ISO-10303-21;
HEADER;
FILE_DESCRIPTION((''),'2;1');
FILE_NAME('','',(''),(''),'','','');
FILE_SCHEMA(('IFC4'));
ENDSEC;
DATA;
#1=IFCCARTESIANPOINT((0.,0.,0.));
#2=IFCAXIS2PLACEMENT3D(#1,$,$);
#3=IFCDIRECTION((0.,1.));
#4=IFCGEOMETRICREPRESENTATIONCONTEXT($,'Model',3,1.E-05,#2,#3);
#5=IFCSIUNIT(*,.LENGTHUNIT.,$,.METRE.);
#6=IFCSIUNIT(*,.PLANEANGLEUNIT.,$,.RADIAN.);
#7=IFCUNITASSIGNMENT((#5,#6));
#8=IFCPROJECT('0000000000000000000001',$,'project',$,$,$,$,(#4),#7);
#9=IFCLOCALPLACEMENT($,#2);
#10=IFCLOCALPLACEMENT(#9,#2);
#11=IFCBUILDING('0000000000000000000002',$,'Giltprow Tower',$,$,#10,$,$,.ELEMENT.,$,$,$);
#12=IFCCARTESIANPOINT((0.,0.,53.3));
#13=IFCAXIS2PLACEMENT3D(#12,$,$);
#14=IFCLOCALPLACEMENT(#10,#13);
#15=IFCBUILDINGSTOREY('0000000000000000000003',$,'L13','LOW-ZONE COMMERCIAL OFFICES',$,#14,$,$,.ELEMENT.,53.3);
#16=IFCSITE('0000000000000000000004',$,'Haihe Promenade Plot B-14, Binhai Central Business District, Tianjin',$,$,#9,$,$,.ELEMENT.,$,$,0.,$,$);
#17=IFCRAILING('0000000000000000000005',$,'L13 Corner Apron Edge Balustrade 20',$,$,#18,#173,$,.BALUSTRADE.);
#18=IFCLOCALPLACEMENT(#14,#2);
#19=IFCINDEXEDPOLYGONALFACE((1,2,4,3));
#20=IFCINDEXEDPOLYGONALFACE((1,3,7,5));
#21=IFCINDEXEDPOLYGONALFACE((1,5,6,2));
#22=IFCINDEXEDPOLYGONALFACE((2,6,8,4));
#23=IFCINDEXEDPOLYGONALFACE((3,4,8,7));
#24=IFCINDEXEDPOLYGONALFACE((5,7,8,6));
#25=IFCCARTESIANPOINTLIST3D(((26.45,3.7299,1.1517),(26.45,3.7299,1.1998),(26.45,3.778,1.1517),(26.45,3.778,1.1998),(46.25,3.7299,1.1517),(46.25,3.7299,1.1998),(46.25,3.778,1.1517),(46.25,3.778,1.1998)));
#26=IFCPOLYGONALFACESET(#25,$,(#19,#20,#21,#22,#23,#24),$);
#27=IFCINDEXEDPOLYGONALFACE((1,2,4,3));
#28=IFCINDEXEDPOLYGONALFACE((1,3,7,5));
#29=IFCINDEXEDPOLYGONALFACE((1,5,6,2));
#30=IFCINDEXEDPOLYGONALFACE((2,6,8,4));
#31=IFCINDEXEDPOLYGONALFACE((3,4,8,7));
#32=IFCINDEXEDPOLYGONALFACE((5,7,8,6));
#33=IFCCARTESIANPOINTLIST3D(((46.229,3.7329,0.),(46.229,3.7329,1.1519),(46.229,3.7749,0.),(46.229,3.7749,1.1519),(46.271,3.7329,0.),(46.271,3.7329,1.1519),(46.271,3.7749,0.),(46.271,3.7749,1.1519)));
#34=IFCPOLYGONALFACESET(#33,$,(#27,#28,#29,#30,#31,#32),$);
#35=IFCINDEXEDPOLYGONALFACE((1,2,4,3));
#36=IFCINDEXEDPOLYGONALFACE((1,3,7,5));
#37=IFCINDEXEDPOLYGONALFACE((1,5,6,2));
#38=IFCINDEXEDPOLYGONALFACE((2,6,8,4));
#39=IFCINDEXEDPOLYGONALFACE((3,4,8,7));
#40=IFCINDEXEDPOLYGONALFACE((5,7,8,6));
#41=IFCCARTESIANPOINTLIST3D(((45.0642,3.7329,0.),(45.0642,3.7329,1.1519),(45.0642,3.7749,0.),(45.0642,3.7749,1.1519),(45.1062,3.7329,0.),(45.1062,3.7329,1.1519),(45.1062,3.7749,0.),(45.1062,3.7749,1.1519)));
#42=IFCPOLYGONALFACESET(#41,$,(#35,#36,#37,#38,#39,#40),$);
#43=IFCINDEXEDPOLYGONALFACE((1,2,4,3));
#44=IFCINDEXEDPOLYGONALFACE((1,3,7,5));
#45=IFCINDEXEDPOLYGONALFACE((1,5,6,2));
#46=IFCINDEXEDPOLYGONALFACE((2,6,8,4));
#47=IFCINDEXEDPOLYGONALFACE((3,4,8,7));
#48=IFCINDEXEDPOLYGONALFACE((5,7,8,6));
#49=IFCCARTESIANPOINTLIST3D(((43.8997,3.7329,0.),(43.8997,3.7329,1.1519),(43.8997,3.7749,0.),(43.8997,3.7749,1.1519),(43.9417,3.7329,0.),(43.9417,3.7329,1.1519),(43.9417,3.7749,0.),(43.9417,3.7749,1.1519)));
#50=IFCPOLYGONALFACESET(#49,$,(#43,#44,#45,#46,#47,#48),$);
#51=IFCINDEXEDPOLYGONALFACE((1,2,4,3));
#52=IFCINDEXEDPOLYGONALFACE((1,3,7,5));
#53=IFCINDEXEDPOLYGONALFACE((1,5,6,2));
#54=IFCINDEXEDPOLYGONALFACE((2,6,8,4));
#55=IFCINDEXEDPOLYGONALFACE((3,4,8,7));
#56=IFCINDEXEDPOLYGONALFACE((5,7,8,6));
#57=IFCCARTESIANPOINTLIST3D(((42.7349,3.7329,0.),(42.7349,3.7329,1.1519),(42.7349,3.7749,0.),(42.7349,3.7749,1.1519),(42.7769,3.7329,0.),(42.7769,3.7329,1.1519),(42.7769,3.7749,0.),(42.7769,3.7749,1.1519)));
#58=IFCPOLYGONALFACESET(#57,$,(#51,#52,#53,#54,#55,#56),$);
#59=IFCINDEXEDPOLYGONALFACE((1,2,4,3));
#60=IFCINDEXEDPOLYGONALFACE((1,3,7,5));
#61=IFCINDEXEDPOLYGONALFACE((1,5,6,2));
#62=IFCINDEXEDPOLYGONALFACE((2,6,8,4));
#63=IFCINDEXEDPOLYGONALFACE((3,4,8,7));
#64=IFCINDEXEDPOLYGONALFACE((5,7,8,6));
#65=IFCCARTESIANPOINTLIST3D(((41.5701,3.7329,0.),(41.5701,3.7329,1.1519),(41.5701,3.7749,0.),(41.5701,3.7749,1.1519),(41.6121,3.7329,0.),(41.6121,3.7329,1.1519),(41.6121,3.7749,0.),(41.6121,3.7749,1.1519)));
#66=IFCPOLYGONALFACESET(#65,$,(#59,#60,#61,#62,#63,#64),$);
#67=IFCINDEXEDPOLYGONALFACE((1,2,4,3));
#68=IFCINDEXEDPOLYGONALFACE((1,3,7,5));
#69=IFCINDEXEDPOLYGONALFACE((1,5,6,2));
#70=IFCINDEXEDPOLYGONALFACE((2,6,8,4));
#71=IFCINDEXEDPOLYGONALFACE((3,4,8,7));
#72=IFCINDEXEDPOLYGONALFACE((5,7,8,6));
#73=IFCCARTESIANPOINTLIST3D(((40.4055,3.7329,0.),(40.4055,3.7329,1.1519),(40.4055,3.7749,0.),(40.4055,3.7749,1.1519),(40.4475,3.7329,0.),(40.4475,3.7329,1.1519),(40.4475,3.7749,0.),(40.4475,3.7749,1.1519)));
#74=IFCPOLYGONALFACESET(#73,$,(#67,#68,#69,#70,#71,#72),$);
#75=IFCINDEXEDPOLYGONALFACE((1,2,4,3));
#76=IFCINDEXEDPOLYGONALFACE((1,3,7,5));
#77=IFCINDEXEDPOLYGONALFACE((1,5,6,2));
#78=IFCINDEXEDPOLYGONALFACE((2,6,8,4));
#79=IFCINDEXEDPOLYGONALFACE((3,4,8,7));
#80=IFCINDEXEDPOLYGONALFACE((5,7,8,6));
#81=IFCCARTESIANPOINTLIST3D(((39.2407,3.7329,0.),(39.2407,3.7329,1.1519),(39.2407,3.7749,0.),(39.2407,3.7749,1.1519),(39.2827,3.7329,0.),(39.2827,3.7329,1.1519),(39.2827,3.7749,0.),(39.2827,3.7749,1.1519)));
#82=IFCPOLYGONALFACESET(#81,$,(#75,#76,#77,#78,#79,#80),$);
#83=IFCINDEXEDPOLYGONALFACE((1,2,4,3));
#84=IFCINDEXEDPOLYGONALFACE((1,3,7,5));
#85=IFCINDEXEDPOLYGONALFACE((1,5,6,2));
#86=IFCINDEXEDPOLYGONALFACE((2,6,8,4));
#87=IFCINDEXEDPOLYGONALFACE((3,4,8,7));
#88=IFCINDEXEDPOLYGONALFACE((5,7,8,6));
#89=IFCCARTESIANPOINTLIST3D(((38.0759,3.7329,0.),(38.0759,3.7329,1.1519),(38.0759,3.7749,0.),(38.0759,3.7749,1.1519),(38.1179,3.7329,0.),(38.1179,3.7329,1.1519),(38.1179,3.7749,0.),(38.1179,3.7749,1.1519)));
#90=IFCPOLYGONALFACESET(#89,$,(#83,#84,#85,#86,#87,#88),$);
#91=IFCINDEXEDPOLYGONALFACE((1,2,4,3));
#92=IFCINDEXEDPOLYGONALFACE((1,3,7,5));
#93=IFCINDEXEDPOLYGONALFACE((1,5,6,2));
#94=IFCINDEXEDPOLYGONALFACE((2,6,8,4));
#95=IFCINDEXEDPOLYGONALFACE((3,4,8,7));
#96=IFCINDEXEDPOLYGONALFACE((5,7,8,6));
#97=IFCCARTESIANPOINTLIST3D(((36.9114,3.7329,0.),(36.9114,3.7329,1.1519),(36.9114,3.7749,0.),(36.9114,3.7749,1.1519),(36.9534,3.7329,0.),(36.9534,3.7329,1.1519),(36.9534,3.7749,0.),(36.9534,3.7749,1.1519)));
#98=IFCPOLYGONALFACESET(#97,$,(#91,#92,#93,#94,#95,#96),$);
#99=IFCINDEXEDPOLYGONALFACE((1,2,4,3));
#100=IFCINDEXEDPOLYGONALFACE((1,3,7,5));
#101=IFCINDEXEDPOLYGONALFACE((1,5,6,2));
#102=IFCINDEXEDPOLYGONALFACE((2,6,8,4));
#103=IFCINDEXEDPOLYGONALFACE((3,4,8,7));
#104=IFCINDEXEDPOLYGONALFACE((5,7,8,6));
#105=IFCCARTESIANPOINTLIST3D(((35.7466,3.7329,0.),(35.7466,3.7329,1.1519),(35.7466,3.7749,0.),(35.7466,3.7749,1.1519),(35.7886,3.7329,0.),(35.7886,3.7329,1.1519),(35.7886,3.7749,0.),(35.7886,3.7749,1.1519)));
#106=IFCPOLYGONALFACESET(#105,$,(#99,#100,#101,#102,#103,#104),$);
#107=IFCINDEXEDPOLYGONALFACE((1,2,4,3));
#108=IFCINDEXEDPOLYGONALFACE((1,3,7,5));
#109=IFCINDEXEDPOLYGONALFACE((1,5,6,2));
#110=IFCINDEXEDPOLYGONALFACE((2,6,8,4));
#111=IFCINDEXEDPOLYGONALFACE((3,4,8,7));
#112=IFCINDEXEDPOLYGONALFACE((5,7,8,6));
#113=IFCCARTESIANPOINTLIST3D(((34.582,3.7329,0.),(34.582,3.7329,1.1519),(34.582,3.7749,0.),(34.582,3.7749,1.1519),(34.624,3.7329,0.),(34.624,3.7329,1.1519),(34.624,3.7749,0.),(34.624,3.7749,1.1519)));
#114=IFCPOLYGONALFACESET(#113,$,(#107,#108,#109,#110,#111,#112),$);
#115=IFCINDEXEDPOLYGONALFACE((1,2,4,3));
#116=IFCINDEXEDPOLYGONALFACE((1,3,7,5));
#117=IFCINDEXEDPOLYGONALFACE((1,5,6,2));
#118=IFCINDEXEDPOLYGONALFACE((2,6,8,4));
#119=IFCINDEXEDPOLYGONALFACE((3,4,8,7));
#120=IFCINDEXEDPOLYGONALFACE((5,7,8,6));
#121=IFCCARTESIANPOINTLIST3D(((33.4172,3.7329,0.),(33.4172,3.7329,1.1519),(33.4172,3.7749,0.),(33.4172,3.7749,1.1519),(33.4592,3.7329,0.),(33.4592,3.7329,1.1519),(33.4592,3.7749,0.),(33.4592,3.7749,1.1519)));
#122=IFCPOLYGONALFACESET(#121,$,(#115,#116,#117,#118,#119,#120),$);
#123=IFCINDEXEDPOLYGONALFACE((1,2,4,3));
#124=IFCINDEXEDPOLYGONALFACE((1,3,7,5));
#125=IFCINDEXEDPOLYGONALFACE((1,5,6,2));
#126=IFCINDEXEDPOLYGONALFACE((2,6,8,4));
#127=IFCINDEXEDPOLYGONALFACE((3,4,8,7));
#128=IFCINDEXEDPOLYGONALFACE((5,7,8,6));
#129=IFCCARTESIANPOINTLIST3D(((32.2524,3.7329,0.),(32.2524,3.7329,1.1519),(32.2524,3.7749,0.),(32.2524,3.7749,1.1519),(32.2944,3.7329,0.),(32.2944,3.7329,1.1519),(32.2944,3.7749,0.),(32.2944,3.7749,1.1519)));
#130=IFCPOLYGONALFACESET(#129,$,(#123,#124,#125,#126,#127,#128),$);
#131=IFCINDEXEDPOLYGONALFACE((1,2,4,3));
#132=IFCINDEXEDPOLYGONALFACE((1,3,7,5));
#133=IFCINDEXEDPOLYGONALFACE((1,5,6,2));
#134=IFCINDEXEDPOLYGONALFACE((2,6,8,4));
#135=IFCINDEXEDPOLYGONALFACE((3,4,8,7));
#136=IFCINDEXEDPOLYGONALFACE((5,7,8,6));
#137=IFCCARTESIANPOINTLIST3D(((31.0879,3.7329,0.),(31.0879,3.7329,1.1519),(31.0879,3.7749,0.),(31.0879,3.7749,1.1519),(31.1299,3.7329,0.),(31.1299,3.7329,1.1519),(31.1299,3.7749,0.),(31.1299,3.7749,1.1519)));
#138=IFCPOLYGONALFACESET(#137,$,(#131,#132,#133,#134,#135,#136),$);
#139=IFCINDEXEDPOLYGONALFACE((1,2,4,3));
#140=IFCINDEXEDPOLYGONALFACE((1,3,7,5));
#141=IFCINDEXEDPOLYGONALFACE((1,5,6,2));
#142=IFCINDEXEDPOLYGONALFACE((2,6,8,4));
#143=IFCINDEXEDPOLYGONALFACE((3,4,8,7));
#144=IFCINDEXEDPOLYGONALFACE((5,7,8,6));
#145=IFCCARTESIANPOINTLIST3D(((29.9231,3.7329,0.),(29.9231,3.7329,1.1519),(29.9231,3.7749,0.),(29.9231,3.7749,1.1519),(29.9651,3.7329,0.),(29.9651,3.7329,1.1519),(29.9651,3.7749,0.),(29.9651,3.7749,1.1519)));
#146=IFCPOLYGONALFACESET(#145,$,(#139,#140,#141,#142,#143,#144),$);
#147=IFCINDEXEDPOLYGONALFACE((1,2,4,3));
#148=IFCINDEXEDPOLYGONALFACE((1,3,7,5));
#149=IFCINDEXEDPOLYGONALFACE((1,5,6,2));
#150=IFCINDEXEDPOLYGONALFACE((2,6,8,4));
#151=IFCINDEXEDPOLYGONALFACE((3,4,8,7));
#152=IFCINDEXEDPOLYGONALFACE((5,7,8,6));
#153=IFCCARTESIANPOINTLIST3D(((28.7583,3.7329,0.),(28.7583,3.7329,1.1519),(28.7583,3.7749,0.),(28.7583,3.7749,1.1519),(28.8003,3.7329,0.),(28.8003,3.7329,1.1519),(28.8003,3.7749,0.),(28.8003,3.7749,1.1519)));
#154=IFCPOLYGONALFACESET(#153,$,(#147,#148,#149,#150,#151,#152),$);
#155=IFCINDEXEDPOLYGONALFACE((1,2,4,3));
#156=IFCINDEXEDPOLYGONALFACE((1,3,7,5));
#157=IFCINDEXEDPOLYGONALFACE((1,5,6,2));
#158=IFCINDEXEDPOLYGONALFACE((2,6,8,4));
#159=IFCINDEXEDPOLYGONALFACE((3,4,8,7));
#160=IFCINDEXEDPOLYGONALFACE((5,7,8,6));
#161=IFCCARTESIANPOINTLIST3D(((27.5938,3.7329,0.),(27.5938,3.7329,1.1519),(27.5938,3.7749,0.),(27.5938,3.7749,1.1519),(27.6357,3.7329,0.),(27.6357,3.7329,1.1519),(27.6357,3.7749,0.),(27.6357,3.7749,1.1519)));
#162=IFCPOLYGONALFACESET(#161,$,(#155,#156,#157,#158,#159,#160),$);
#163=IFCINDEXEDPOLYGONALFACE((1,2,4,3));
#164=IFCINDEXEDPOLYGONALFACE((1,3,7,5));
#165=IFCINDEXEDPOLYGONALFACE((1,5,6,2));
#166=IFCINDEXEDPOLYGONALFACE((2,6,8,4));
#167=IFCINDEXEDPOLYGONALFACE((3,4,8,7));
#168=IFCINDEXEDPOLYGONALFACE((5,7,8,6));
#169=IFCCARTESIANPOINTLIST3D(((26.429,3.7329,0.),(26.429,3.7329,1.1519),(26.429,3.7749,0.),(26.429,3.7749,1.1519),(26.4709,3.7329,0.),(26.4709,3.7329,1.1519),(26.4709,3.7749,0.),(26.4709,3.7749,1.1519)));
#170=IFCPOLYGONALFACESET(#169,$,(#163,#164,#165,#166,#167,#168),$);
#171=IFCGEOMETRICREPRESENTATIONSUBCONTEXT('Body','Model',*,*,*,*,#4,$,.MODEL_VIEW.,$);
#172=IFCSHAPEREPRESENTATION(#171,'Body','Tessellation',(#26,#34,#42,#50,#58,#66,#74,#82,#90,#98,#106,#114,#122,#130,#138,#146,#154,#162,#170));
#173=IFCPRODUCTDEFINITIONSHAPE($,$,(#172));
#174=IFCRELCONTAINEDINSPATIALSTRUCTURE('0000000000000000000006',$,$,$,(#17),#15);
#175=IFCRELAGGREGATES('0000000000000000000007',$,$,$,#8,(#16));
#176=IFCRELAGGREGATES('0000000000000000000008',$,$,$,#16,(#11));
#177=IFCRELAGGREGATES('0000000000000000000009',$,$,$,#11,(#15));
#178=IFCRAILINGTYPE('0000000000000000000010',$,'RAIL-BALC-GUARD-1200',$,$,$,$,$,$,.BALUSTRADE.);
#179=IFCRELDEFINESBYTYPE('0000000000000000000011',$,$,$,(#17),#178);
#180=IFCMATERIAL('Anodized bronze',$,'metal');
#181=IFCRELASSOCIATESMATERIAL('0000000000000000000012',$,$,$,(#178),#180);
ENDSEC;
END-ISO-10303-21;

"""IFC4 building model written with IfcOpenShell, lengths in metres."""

from ifc_helpers import new_model, si_unit, direction, frame, origin, origin_2d, place, context, subcontext, project, spatial, rectangle, extrude, material, type_object, element, save


model = new_model("IFC4")

# Units and contexts
model_context = context("Model", 3, precision=1e-05, world=origin(), true_north=direction((0.0, 1.0)))
body_context = subcontext(model_context, "Body", "Model", "MODEL_VIEW")
ifc_project = project(units=[si_unit("LENGTHUNIT", "METRE"), si_unit("PLANEANGLEUNIT", "RADIAN")], contexts=[model_context])

# Site, building, storey
site_placement = place(None, origin())
site = spatial("IfcSite", under=ifc_project, at=site_placement, Name="Haihe Promenade Plot B-14, Binhai Central Business District, Tianjin", CompositionType="ELEMENT", RefElevation=0.0)
building_placement = place(site_placement, origin())
building = spatial("IfcBuilding", under=site, at=building_placement, Name="Giltprow Tower", CompositionType="ELEMENT")
storey_placement = place(building_placement, frame((0.0, 0.0, 53.3)))
storey = spatial("IfcBuildingStorey", under=building, at=storey_placement, Name="L13", Description="LOW-ZONE COMMERCIAL OFFICES", CompositionType="ELEMENT", Elevation=53.3)

# Shared definitions
ifc_material_1 = material(Name="Anodized bronze", Category="metal")

# Railing
railing_type = type_object("IfcRailingType", Name="RAIL-BALC-GUARD-1200", PredefinedType="BALUSTRADE", material=ifc_material_1)
railing_1_placement = place(storey_placement, frame((46.25, 3.7539, 0.0)))
element("IfcRailing", 1, at=railing_1_placement, inside=storey, type_object=railing_type, Name="L13 Corner Apron Edge Balustrade 20", PredefinedType="BALUSTRADE", context=body_context, shape_type="SweptSolid", body=[
    extrude(rectangle(XDim=0.0481, YDim=0.0481, at=origin_2d()), frame((0.0, 0.0, 1.1758), z_axis=(-1.0, 0.0, 0.0), x_axis=(0.0, -1.0, 0.0)), (0.0, 0.0, 1.0), 19.8),
    extrude(rectangle(XDim=0.042, YDim=0.042, at=origin_2d()), origin(), (0.0, 0.0, 1.0), 1.1519),
    extrude(rectangle(XDim=0.042, YDim=0.042, at=origin_2d()), frame((-1.1648, 0.0, 0.0)), (0.0, 0.0, 1.0), 1.1519),
    extrude(rectangle(XDim=0.042, YDim=0.042, at=origin_2d()), frame((-2.3293, 0.0, 0.0)), (0.0, 0.0, 1.0), 1.1519),
    extrude(rectangle(XDim=0.042, YDim=0.042, at=origin_2d()), frame((-3.4941, 0.0, 0.0)), (0.0, 0.0, 1.0), 1.1519),
    extrude(rectangle(XDim=0.042, YDim=0.042, at=origin_2d()), frame((-4.6589, 0.0, 0.0)), (0.0, 0.0, 1.0), 1.1519),
    extrude(rectangle(XDim=0.042, YDim=0.042, at=origin_2d()), frame((-5.8235, 0.0, 0.0)), (0.0, 0.0, 1.0), 1.1519),
    extrude(rectangle(XDim=0.042, YDim=0.042, at=origin_2d()), frame((-6.9883, 0.0, 0.0)), (0.0, 0.0, 1.0), 1.1519),
    extrude(rectangle(XDim=0.042, YDim=0.042, at=origin_2d()), frame((-8.1531, 0.0, 0.0)), (0.0, 0.0, 1.0), 1.1519),
    extrude(rectangle(XDim=0.042, YDim=0.042, at=origin_2d()), frame((-9.3176, 0.0, 0.0)), (0.0, 0.0, 1.0), 1.1519),
    extrude(rectangle(XDim=0.042, YDim=0.042, at=origin_2d()), frame((-10.4824, 0.0, 0.0)), (0.0, 0.0, 1.0), 1.1519),
    extrude(rectangle(XDim=0.042, YDim=0.042, at=origin_2d()), frame((-11.647, 0.0, 0.0)), (0.0, 0.0, 1.0), 1.1519),
    extrude(rectangle(XDim=0.042, YDim=0.042, at=origin_2d()), frame((-12.8118, 0.0, 0.0)), (0.0, 0.0, 1.0), 1.1519),
    extrude(rectangle(XDim=0.042, YDim=0.042, at=origin_2d()), frame((-13.9766, 0.0, 0.0)), (0.0, 0.0, 1.0), 1.1519),
    extrude(rectangle(XDim=0.042, YDim=0.042, at=origin_2d()), frame((-15.1411, 0.0, 0.0)), (0.0, 0.0, 1.0), 1.1519),
    extrude(rectangle(XDim=0.042, YDim=0.042, at=origin_2d()), frame((-16.3059, 0.0, 0.0)), (0.0, 0.0, 1.0), 1.1519),
    extrude(rectangle(XDim=0.042, YDim=0.042, at=origin_2d()), frame((-17.4707, 0.0, 0.0)), (0.0, 0.0, 1.0), 1.1519),
    extrude(rectangle(XDim=0.042, YDim=0.042, at=origin_2d()), frame((-18.6353, 0.0, 0.0)), (0.0, 0.0, 1.0), 1.1519),
    extrude(rectangle(XDim=0.042, YDim=0.042, at=origin_2d()), frame((-19.8, 0.0, 0.0)), (0.0, 0.0, 1.0), 1.1519),
])

save(model, "model.ifc")
